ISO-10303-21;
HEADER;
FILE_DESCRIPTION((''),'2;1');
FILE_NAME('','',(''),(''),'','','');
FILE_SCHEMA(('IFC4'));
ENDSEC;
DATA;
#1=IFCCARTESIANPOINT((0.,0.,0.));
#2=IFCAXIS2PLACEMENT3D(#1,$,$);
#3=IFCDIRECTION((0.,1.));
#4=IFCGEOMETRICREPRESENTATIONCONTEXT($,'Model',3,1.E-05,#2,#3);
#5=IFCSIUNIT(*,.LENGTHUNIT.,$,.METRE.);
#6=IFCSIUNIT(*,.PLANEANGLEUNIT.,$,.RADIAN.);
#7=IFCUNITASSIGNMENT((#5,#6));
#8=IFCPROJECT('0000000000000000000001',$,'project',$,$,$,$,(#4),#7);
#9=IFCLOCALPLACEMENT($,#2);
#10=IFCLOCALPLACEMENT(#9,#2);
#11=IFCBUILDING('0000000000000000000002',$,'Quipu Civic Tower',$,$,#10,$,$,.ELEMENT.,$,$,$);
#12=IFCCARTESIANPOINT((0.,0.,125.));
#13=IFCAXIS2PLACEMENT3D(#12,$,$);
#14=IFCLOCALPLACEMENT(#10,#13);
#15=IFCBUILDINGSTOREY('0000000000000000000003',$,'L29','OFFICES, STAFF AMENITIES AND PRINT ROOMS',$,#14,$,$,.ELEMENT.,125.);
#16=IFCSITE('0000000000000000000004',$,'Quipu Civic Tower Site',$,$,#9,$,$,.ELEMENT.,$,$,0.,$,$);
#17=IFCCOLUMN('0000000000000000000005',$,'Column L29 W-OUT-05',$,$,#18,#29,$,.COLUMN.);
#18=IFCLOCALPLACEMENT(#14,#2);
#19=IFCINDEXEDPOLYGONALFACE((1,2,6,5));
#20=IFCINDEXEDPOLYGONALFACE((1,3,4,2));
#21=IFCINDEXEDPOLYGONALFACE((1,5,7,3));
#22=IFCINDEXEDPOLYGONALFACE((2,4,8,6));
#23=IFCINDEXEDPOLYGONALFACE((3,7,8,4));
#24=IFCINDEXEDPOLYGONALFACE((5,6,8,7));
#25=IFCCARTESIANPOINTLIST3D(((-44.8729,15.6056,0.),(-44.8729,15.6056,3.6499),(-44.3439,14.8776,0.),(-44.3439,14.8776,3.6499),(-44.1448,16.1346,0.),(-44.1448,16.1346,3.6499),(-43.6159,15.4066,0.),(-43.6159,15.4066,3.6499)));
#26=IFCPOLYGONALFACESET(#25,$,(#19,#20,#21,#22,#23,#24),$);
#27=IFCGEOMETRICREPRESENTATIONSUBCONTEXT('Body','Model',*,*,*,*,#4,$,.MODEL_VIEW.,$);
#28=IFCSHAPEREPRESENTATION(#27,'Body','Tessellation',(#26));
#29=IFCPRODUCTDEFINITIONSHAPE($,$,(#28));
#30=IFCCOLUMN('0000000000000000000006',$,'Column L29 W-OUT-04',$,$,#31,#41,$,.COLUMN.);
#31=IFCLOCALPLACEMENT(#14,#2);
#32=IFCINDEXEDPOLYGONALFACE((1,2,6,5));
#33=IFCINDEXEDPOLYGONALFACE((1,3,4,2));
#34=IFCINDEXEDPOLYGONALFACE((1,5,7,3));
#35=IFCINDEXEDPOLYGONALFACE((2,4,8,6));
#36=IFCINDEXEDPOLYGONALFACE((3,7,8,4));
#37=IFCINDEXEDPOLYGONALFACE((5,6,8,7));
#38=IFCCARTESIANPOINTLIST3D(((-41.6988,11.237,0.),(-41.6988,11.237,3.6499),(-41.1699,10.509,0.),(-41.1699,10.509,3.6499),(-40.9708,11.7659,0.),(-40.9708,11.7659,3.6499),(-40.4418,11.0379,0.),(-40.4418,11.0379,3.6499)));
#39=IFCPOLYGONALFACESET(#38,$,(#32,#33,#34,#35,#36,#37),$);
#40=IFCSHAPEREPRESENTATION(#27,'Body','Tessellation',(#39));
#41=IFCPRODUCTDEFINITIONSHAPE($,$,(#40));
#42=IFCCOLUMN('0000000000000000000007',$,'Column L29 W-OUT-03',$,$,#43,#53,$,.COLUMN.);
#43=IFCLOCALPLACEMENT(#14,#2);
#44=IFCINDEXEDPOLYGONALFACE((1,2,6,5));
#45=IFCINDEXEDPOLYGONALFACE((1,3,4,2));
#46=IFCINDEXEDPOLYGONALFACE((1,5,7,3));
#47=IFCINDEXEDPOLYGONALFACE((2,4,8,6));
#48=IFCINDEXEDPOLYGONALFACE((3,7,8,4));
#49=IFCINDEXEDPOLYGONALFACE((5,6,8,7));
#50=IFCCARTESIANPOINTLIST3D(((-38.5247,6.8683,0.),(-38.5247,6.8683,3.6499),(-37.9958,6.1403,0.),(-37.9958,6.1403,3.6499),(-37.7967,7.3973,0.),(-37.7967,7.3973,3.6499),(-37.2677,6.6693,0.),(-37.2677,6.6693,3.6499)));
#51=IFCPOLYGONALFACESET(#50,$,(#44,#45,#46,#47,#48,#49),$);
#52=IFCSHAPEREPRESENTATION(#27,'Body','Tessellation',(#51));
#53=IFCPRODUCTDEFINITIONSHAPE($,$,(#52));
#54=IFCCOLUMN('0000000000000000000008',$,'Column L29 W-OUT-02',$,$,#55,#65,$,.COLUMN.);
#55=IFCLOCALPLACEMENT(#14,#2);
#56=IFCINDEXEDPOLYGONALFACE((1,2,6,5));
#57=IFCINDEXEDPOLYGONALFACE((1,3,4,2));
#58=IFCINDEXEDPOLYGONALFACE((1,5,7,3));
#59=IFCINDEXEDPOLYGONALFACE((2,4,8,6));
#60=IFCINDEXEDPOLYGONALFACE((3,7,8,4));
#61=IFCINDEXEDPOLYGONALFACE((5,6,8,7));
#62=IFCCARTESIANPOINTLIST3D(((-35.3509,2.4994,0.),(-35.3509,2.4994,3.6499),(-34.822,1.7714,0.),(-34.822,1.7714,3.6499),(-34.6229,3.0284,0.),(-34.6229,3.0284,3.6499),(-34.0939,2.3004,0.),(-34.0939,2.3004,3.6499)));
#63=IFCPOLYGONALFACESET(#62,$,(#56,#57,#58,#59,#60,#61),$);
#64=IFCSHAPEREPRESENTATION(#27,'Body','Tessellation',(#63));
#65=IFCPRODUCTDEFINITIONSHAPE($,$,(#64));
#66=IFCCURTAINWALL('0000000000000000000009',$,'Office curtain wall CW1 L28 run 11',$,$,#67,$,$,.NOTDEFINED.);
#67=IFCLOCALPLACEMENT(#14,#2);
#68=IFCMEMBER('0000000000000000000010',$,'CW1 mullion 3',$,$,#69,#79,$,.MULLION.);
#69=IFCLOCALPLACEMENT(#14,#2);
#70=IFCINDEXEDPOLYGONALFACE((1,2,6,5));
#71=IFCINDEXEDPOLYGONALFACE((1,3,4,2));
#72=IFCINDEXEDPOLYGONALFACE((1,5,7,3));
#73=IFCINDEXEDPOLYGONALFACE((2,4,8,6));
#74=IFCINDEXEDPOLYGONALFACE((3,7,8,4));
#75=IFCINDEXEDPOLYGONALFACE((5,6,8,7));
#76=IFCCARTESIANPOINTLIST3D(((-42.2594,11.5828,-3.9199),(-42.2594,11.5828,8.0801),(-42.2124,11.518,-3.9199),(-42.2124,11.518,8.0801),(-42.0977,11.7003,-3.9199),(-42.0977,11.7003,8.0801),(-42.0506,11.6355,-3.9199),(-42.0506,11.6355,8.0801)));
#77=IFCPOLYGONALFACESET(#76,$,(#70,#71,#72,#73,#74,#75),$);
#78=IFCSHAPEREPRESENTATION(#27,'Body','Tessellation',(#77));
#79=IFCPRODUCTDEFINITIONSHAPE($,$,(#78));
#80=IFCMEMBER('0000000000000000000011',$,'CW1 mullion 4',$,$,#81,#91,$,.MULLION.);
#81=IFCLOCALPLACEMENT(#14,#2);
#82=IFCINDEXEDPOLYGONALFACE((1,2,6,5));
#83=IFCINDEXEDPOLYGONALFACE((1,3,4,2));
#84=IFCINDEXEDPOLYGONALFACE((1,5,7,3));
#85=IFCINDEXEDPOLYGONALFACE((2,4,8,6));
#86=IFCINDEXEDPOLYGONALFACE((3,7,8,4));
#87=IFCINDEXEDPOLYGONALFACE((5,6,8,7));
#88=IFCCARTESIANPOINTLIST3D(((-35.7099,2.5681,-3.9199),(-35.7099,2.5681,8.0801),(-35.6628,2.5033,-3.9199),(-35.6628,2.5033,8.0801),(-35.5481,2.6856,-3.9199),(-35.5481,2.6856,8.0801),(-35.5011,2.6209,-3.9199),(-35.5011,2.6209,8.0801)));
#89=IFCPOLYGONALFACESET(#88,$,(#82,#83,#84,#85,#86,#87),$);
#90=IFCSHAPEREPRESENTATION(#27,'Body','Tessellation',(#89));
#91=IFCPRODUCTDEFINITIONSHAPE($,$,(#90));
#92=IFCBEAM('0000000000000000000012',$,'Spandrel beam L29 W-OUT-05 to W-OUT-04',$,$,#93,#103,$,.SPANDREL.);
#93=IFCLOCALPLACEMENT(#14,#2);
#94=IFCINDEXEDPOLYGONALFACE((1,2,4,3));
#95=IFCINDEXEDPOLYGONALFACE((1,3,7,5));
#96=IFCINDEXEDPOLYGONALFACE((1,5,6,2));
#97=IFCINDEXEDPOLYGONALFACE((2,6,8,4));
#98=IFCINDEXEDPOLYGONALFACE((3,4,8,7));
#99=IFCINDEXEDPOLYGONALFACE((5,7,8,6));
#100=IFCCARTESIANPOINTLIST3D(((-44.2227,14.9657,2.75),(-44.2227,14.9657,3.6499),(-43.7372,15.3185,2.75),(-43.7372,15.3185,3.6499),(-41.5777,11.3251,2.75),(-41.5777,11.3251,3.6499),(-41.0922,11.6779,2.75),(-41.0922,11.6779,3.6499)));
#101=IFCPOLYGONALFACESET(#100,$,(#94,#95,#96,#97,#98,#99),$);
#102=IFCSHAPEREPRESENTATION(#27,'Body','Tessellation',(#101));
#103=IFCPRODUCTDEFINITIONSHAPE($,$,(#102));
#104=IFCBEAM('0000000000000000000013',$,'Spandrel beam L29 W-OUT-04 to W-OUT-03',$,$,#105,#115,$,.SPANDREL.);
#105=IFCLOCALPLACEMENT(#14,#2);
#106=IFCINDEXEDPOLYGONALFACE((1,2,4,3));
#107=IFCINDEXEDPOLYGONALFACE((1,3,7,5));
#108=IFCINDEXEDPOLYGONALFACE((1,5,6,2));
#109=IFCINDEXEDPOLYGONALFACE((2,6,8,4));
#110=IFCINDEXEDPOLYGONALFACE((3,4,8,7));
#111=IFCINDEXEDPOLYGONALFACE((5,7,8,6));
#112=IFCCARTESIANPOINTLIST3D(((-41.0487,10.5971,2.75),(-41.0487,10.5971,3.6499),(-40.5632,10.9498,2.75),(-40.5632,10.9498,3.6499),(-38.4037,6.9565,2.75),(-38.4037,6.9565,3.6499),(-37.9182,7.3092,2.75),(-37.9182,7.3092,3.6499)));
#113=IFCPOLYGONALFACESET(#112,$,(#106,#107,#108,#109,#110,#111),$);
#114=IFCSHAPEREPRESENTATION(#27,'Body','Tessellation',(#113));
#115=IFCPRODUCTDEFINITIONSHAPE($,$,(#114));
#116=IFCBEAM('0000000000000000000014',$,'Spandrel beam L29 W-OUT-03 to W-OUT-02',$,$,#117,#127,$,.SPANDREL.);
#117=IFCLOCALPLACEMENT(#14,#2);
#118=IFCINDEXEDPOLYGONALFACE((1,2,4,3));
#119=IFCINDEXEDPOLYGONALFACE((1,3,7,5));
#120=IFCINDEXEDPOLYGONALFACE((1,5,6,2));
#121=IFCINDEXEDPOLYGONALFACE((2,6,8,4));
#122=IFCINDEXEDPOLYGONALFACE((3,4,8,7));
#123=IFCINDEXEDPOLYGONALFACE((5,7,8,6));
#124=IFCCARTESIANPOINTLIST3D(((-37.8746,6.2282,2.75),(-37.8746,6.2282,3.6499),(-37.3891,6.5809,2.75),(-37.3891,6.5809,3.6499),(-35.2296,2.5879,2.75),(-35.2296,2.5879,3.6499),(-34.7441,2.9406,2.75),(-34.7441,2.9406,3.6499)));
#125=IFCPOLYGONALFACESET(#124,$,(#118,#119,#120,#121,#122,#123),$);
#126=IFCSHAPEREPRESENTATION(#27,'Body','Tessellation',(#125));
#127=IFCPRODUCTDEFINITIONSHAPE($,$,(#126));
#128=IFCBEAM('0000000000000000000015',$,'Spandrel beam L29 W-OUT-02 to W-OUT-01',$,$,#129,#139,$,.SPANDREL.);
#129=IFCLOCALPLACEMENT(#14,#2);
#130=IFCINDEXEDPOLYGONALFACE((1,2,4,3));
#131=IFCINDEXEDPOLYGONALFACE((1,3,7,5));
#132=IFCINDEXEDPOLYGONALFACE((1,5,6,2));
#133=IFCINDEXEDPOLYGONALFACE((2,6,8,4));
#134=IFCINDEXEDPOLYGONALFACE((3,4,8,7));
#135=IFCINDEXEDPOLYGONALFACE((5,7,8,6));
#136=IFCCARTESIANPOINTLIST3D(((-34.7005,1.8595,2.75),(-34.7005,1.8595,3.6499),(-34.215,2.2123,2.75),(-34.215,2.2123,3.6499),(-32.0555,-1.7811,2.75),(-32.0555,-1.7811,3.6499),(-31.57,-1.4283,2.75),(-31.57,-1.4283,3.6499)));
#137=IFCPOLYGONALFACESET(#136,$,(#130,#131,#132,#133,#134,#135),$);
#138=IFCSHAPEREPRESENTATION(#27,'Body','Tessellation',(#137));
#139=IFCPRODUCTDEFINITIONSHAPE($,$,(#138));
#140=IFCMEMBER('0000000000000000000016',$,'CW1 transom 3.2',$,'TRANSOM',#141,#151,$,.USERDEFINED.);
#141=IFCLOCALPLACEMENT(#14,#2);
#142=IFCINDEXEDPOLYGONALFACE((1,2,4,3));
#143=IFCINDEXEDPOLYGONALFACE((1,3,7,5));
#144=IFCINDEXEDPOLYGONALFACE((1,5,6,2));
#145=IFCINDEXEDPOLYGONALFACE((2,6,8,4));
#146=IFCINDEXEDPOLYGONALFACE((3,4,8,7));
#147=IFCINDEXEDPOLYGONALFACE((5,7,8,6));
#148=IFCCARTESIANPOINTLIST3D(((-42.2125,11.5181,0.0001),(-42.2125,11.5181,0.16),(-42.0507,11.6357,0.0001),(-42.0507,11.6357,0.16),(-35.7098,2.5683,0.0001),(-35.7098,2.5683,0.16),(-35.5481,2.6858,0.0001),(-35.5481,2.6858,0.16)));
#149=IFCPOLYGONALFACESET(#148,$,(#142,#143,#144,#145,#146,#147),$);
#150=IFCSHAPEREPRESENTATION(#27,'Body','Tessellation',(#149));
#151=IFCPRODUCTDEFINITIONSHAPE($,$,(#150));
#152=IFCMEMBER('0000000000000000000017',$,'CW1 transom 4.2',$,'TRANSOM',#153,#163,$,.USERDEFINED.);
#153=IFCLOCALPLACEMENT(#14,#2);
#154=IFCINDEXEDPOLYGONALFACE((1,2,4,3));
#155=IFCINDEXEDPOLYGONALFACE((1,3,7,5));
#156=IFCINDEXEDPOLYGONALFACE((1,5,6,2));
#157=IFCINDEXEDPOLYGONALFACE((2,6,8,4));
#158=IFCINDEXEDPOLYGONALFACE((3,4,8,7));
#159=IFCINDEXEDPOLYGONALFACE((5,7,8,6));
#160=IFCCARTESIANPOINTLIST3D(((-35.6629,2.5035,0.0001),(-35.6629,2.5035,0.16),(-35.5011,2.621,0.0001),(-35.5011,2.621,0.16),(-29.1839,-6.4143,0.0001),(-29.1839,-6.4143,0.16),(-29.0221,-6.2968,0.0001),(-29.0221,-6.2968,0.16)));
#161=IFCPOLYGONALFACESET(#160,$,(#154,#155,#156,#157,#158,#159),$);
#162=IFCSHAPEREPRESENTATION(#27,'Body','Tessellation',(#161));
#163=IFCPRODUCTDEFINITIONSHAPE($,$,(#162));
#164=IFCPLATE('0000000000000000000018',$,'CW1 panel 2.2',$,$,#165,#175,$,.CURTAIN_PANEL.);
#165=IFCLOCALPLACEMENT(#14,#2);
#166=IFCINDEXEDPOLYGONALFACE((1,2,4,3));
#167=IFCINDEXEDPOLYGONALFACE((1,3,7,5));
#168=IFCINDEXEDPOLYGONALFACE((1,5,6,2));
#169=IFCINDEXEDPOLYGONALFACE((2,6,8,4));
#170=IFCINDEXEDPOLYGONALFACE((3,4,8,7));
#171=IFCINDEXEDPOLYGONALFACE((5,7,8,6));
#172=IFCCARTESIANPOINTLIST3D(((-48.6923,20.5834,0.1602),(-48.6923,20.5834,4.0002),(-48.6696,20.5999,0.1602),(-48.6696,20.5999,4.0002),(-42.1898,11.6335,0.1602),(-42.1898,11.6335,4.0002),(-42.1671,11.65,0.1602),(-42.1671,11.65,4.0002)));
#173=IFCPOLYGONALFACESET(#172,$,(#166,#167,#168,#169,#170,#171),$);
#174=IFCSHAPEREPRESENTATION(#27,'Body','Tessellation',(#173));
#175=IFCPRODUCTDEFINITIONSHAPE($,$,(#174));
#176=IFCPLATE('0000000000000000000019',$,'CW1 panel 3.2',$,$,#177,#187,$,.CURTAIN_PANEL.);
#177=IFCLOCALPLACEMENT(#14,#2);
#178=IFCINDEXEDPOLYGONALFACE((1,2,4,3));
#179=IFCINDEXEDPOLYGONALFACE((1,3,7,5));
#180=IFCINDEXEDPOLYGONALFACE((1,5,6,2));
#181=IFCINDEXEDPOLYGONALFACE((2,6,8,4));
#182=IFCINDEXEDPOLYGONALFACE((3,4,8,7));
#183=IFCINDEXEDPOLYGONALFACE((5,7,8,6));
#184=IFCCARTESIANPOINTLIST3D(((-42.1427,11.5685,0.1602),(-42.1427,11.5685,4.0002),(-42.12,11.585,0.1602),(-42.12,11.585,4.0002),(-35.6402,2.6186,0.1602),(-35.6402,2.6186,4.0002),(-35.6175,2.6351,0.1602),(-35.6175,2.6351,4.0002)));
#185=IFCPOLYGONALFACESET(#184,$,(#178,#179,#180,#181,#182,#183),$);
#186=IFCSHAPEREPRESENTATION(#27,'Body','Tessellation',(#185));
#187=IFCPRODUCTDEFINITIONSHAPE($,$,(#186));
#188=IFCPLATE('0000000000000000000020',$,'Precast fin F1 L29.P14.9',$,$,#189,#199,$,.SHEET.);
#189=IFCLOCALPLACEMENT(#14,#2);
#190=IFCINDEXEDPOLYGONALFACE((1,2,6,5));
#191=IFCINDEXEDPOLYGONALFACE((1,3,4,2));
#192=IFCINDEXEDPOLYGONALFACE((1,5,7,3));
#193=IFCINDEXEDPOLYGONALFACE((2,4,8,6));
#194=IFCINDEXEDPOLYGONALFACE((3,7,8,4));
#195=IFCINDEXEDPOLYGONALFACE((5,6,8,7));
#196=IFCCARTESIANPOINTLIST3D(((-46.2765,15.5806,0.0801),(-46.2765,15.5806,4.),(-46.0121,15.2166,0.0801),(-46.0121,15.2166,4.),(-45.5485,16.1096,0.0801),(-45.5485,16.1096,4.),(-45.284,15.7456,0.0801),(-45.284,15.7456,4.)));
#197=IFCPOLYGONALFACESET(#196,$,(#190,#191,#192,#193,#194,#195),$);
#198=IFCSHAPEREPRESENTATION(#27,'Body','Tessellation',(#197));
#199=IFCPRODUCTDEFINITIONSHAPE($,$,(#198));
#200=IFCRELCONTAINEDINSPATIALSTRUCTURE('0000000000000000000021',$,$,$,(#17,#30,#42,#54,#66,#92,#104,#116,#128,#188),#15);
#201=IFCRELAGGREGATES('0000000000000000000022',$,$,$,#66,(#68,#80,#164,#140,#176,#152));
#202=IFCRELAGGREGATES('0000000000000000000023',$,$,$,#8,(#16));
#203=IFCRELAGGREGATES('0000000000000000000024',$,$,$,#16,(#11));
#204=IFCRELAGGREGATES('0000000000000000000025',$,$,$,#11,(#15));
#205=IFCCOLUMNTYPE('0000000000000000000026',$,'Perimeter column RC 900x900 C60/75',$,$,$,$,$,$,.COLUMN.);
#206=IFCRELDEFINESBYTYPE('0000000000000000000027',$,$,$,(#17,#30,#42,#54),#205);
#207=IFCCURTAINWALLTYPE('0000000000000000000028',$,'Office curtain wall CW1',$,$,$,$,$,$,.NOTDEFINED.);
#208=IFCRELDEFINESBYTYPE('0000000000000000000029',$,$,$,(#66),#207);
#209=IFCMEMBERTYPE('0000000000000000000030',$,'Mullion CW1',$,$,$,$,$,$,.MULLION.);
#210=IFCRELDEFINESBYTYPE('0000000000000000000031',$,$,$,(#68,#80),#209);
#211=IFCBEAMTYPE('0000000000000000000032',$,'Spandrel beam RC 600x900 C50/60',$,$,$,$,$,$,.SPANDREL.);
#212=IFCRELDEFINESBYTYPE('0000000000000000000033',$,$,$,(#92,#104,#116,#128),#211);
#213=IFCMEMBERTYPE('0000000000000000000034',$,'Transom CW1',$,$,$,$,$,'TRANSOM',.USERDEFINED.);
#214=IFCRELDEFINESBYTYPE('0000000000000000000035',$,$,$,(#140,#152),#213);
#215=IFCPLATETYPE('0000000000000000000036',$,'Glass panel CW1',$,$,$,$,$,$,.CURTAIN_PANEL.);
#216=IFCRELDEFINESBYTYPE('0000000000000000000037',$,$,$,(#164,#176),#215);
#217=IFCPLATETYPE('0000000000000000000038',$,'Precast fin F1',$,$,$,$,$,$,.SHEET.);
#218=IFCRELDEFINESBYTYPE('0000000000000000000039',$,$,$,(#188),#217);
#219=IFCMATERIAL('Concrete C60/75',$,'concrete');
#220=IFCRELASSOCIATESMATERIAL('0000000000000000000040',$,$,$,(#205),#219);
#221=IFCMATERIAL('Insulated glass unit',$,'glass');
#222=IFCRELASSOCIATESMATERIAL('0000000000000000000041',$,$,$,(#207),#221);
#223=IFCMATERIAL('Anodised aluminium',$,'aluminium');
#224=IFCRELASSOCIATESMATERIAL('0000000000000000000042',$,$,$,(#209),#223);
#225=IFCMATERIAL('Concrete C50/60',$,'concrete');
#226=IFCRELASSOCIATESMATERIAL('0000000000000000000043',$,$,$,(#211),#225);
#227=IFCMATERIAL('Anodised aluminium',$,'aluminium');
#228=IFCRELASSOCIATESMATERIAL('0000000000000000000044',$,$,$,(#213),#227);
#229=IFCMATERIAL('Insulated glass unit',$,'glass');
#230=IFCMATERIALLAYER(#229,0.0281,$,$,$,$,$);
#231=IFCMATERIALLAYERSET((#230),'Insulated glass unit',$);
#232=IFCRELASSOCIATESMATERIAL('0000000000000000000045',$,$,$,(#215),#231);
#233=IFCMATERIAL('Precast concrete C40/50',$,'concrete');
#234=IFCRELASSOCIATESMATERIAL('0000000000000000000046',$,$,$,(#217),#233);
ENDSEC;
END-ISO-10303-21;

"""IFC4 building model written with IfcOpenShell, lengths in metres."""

from ifc_helpers import new_model, si_unit, direction, frame, origin, origin_2d, place, context, subcontext, project, spatial, rectangle, extrude, material, layer, layer_set, material_profile, profile_set, type_object, element, aggregate, save


model = new_model("IFC4")

# Units and contexts
model_context = context("Model", 3, precision=1e-05, world=origin(), true_north=direction((0.0, 1.0)))
body_context = subcontext(model_context, "Body", "Model", "MODEL_VIEW")
ifc_project = project(units=[si_unit("LENGTHUNIT", "METRE"), si_unit("PLANEANGLEUNIT", "RADIAN")], contexts=[model_context])

# Site, building, storey
site_placement = place(None, origin())
site = spatial("IfcSite", under=ifc_project, at=site_placement, Name="Quipu Civic Tower Site", CompositionType="ELEMENT", RefElevation=0.0)
building_placement = place(site_placement, origin())
building = spatial("IfcBuilding", under=site, at=building_placement, Name="Quipu Civic Tower", CompositionType="ELEMENT")
storey_placement = place(building_placement, frame((0.0, 0.0, 125.0)))
storey = spatial("IfcBuildingStorey", under=building, at=storey_placement, Name="L29", Description="OFFICES, STAFF AMENITIES AND PRINT ROOMS", CompositionType="ELEMENT", Elevation=125.0)

# Columns
ifc_material_1 = material(Name="Concrete C60/75", Category="concrete")
ifc_material_profile_1 = material_profile(ifc_material_1, rectangle(XDim=0.8999, YDim=0.8999, at=origin_2d()), Name="RC900x900")
ifc_profile_set_1 = profile_set([ifc_material_profile_1], Name="Concrete C60/75")
column_type = type_object("IfcColumnType", Name="Perimeter column RC 900x900 C60/75", PredefinedType="COLUMN", material=ifc_profile_set_1)
for number, where, z_axis, x_axis, name in (
    (1, (-44.2444, 15.5061, 0.0), (0.0, 0.0, 1.0), (0.587785, -0.809017, 0.0), "Column L29 W-OUT-05"),
    (2, (-41.0703, 11.1375, 0.0), (0.0, 0.0, 1.0), (0.587785, -0.809017, 0.0), "Column L29 W-OUT-04"),
    (3, (-37.8962, 6.7688, 0.0), (0.0, 0.0, 1.0), (0.587785, -0.809017, 0.0), "Column L29 W-OUT-03"),
    (4, (-34.7224, 2.3999, 0.0), (0.0, 0.0, 1.0), (0.587785, -0.809017, 0.0), "Column L29 W-OUT-02"),
):
    element("IfcColumn", number, at=place(storey_placement, frame(where, z_axis=z_axis, x_axis=x_axis)), inside=storey, type_object=column_type, Name=name, PredefinedType="COLUMN", context=body_context, shape_type="SweptSolid", body=[
        extrude(rectangle(XDim=0.8999, YDim=0.8999, at=origin_2d()), origin(), (0.0, 0.0, 1.0), 3.6499),
    ])

# Curtain wall, members
ifc_material_2 = material(Name="Insulated glass unit", Category="glass")
curtain_wall_type = type_object("IfcCurtainWallType", Name="Office curtain wall CW1", PredefinedType="NOTDEFINED", material=ifc_material_2)
curtain_wall_placement = place(storey_placement, origin())
curtain_wall = element("IfcCurtainWall", 5, at=curtain_wall_placement, inside=storey, type_object=curtain_wall_type, Name="Office curtain wall CW1 L28 run 11", PredefinedType="NOTDEFINED")
ifc_material_3 = material(Name="Anodised aluminium", Category="aluminium")
ifc_material_profile_2 = material_profile(ifc_material_3, rectangle(XDim=0.2, YDim=0.0801, at=origin_2d()), Name="RECT 200x80")
ifc_profile_set_2 = profile_set([ifc_material_profile_2], Name="Anodised aluminium")
member_type_1 = type_object("IfcMemberType", Name="Mullion CW1", PredefinedType="MULLION", material=ifc_profile_set_2)
member_1_placement = place(storey_placement, frame((-42.155, 11.6091, -3.9199), z_axis=(0.0, 0.0, 1.0), x_axis=(0.809017, 0.587786, 0.0)))
member_1 = element("IfcMember", 6, at=member_1_placement, type_object=member_type_1, Name="CW1 mullion 3", PredefinedType="MULLION", context=body_context, shape_type="SweptSolid", body=[
    extrude(rectangle(XDim=0.2, YDim=0.0801, at=origin_2d()), origin(), (0.0, 0.0, 1.0), 12.0),
])
member_2_placement = place(storey_placement, frame((-35.6055, 2.5945, -3.9199), z_axis=(0.0, 0.0, 1.0), x_axis=(0.809017, 0.587786, 0.0)))
member_2 = element("IfcMember", 7, at=member_2_placement, type_object=member_type_1, Name="CW1 mullion 4", PredefinedType="MULLION", context=body_context, shape_type="SweptSolid", body=[
    extrude(rectangle(XDim=0.2, YDim=0.0801, at=origin_2d()), origin(), (0.0, 0.0, 1.0), 12.0),
])

# Beams
ifc_material_4 = material(Name="Concrete C50/60", Category="concrete")
ifc_material_profile_3 = material_profile(ifc_material_4, rectangle(XDim=0.6001, YDim=0.8999, at=origin_2d()), Name="RC600x900")
ifc_profile_set_3 = profile_set([ifc_material_profile_3], Name="Concrete C50/60")
beam_type = type_object("IfcBeamType", Name="Spandrel beam RC 600x900 C50/60", PredefinedType="SPANDREL", material=ifc_profile_set_3)
for number, where, z_axis, x_axis, name in (
    (8, (-43.98, 15.1421, 3.2), (0.587778, -0.809022, 0.0), (0.809022, 0.587778, 0.0), "Spandrel beam L29 W-OUT-05 to W-OUT-04"),
    (9, (-40.8059, 10.7734, 3.2), (0.587778, -0.809022, 0.0), (0.809022, 0.587778, 0.0), "Spandrel beam L29 W-OUT-04 to W-OUT-03"),
):
    element("IfcBeam", number, at=place(storey_placement, frame(where, z_axis=z_axis, x_axis=x_axis)), inside=storey, type_object=beam_type, Name=name, PredefinedType="SPANDREL", context=body_context, shape_type="SweptSolid", body=[
        extrude(rectangle(XDim=0.6001, YDim=0.8999, at=origin_2d()), origin(), (0.0, 0.0, 1.0), 4.5),
    ])
beam_1_placement = place(storey_placement, frame((-37.6318, 6.4045, 3.2), z_axis=(0.587804, -0.809003, 0.0), x_axis=(0.809003, 0.587804, 0.0)))
element("IfcBeam", 10, at=beam_1_placement, inside=storey, type_object=beam_type, Name="Spandrel beam L29 W-OUT-03 to W-OUT-02", PredefinedType="SPANDREL", context=body_context, shape_type="SweptSolid", body=[
    extrude(rectangle(XDim=0.6001, YDim=0.8999, at=origin_2d()), origin(), (0.0, 0.0, 1.0), 4.4998),
])
beam_2_placement = place(storey_placement, frame((-34.4578, 2.0359, 3.2), z_axis=(0.587778, -0.809022, 0.0), x_axis=(0.809022, 0.587778, 0.0)))
element("IfcBeam", 11, at=beam_2_placement, inside=storey, type_object=beam_type, Name="Spandrel beam L29 W-OUT-02 to W-OUT-01", PredefinedType="SPANDREL", context=body_context, shape_type="SweptSolid", body=[
    extrude(rectangle(XDim=0.6001, YDim=0.8999, at=origin_2d()), origin(), (0.0, 0.0, 1.0), 4.5),
])

# Members
ifc_material_5 = material(Name="Anodised aluminium", Category="aluminium")
ifc_material_profile_4 = material_profile(ifc_material_5, rectangle(XDim=0.2, YDim=0.1599, at=origin_2d()), Name="RECT 200x160")
ifc_profile_set_4 = profile_set([ifc_material_profile_4], Name="Anodised aluminium")
member_type_2 = type_object("IfcMemberType", Name="Transom CW1", ElementType="TRANSOM", PredefinedType="USERDEFINED", material=ifc_profile_set_4)
member_3_placement = place(storey_placement, frame((-42.1316, 11.5769, 0.0801), z_axis=(0.587795, -0.80901, 0.0), x_axis=(0.80901, 0.587795, 0.0)))
member_3 = element("IfcMember", 12, at=member_3_placement, type_object=member_type_2, Name="CW1 transom 3.2", ObjectType="TRANSOM", PredefinedType="USERDEFINED", context=body_context, shape_type="SweptSolid", body=[
    extrude(rectangle(XDim=0.2, YDim=0.1599, at=origin_2d()), origin(), (0.0, 0.0, 1.0), 11.0627),
])
member_4_placement = place(storey_placement, frame((-35.582, 2.5623, 0.0801), z_axis=(0.587779, -0.809021, 0.0), x_axis=(0.809021, 0.587779, 0.0)))
member_4 = element("IfcMember", 13, at=member_4_placement, type_object=member_type_2, Name="CW1 transom 4.2", ObjectType="TRANSOM", PredefinedType="USERDEFINED", context=body_context, shape_type="SweptSolid", body=[
    extrude(rectangle(XDim=0.2, YDim=0.1599, at=origin_2d()), origin(), (0.0, 0.0, 1.0), 11.0229),
])

# Plates
ifc_material_6 = material(Name="Insulated glass unit", Category="glass")
ifc_layer_1 = layer(ifc_material_6, 0.0281)
ifc_layer_set_1 = layer_set([ifc_layer_1], Name="Insulated glass unit")
plate_type_1 = type_object("IfcPlateType", Name="Glass panel CW1", PredefinedType="CURTAIN_PANEL", material=ifc_layer_set_1)
plate_1_placement = place(storey_placement, frame((-45.4297, 16.1167, 0.1602), z_axis=(0.0, 0.0, 1.0), x_axis=(0.587786, -0.809017, 0.0)))
plate_1 = element("IfcPlate", 14, at=plate_1_placement, type_object=plate_type_1, Name="CW1 panel 2.2", PredefinedType="CURTAIN_PANEL", context=body_context, shape_type="SweptSolid", body=[
    extrude(rectangle(XDim=11.0627, YDim=0.0281, at=origin_2d()), origin(), (0.0, 0.0, 1.0), 3.8401),
])
plate_2_placement = place(storey_placement, frame((-38.8801, 7.1018, 0.1602), z_axis=(0.0, 0.0, 1.0), x_axis=(0.587786, -0.809017, 0.0)))
plate_2 = element("IfcPlate", 15, at=plate_2_placement, type_object=plate_type_1, Name="CW1 panel 3.2", PredefinedType="CURTAIN_PANEL", context=body_context, shape_type="SweptSolid", body=[
    extrude(rectangle(XDim=11.0627, YDim=0.0281, at=origin_2d()), origin(), (0.0, 0.0, 1.0), 3.8401),
])
aggregate(curtain_wall, [member_1, member_2, plate_1, member_3, plate_2, member_4])

# Plate
ifc_material_7 = material(Name="Precast concrete C40/50", Category="concrete")
plate_type_2 = type_object("IfcPlateType", Name="Precast fin F1", PredefinedType="SHEET", material=ifc_material_7)
for number, where, z_axis, x_axis, name in (
    (16, (-45.7803, 15.6631, 0.0801), (0.0, 0.0, 1.0), (0.587786, -0.809017, 0.0), "Precast fin F1 L29.P14.9"),
):
    element("IfcPlate", number, at=place(storey_placement, frame(where, z_axis=z_axis, x_axis=x_axis)), inside=storey, type_object=plate_type_2, Name=name, PredefinedType="SHEET", context=body_context, shape_type="SweptSolid", body=[
        extrude(rectangle(XDim=0.45, YDim=0.8999, at=origin_2d()), origin(), (0.0, 0.0, 1.0), 3.9199),
    ])

save(model, "model.ifc")
